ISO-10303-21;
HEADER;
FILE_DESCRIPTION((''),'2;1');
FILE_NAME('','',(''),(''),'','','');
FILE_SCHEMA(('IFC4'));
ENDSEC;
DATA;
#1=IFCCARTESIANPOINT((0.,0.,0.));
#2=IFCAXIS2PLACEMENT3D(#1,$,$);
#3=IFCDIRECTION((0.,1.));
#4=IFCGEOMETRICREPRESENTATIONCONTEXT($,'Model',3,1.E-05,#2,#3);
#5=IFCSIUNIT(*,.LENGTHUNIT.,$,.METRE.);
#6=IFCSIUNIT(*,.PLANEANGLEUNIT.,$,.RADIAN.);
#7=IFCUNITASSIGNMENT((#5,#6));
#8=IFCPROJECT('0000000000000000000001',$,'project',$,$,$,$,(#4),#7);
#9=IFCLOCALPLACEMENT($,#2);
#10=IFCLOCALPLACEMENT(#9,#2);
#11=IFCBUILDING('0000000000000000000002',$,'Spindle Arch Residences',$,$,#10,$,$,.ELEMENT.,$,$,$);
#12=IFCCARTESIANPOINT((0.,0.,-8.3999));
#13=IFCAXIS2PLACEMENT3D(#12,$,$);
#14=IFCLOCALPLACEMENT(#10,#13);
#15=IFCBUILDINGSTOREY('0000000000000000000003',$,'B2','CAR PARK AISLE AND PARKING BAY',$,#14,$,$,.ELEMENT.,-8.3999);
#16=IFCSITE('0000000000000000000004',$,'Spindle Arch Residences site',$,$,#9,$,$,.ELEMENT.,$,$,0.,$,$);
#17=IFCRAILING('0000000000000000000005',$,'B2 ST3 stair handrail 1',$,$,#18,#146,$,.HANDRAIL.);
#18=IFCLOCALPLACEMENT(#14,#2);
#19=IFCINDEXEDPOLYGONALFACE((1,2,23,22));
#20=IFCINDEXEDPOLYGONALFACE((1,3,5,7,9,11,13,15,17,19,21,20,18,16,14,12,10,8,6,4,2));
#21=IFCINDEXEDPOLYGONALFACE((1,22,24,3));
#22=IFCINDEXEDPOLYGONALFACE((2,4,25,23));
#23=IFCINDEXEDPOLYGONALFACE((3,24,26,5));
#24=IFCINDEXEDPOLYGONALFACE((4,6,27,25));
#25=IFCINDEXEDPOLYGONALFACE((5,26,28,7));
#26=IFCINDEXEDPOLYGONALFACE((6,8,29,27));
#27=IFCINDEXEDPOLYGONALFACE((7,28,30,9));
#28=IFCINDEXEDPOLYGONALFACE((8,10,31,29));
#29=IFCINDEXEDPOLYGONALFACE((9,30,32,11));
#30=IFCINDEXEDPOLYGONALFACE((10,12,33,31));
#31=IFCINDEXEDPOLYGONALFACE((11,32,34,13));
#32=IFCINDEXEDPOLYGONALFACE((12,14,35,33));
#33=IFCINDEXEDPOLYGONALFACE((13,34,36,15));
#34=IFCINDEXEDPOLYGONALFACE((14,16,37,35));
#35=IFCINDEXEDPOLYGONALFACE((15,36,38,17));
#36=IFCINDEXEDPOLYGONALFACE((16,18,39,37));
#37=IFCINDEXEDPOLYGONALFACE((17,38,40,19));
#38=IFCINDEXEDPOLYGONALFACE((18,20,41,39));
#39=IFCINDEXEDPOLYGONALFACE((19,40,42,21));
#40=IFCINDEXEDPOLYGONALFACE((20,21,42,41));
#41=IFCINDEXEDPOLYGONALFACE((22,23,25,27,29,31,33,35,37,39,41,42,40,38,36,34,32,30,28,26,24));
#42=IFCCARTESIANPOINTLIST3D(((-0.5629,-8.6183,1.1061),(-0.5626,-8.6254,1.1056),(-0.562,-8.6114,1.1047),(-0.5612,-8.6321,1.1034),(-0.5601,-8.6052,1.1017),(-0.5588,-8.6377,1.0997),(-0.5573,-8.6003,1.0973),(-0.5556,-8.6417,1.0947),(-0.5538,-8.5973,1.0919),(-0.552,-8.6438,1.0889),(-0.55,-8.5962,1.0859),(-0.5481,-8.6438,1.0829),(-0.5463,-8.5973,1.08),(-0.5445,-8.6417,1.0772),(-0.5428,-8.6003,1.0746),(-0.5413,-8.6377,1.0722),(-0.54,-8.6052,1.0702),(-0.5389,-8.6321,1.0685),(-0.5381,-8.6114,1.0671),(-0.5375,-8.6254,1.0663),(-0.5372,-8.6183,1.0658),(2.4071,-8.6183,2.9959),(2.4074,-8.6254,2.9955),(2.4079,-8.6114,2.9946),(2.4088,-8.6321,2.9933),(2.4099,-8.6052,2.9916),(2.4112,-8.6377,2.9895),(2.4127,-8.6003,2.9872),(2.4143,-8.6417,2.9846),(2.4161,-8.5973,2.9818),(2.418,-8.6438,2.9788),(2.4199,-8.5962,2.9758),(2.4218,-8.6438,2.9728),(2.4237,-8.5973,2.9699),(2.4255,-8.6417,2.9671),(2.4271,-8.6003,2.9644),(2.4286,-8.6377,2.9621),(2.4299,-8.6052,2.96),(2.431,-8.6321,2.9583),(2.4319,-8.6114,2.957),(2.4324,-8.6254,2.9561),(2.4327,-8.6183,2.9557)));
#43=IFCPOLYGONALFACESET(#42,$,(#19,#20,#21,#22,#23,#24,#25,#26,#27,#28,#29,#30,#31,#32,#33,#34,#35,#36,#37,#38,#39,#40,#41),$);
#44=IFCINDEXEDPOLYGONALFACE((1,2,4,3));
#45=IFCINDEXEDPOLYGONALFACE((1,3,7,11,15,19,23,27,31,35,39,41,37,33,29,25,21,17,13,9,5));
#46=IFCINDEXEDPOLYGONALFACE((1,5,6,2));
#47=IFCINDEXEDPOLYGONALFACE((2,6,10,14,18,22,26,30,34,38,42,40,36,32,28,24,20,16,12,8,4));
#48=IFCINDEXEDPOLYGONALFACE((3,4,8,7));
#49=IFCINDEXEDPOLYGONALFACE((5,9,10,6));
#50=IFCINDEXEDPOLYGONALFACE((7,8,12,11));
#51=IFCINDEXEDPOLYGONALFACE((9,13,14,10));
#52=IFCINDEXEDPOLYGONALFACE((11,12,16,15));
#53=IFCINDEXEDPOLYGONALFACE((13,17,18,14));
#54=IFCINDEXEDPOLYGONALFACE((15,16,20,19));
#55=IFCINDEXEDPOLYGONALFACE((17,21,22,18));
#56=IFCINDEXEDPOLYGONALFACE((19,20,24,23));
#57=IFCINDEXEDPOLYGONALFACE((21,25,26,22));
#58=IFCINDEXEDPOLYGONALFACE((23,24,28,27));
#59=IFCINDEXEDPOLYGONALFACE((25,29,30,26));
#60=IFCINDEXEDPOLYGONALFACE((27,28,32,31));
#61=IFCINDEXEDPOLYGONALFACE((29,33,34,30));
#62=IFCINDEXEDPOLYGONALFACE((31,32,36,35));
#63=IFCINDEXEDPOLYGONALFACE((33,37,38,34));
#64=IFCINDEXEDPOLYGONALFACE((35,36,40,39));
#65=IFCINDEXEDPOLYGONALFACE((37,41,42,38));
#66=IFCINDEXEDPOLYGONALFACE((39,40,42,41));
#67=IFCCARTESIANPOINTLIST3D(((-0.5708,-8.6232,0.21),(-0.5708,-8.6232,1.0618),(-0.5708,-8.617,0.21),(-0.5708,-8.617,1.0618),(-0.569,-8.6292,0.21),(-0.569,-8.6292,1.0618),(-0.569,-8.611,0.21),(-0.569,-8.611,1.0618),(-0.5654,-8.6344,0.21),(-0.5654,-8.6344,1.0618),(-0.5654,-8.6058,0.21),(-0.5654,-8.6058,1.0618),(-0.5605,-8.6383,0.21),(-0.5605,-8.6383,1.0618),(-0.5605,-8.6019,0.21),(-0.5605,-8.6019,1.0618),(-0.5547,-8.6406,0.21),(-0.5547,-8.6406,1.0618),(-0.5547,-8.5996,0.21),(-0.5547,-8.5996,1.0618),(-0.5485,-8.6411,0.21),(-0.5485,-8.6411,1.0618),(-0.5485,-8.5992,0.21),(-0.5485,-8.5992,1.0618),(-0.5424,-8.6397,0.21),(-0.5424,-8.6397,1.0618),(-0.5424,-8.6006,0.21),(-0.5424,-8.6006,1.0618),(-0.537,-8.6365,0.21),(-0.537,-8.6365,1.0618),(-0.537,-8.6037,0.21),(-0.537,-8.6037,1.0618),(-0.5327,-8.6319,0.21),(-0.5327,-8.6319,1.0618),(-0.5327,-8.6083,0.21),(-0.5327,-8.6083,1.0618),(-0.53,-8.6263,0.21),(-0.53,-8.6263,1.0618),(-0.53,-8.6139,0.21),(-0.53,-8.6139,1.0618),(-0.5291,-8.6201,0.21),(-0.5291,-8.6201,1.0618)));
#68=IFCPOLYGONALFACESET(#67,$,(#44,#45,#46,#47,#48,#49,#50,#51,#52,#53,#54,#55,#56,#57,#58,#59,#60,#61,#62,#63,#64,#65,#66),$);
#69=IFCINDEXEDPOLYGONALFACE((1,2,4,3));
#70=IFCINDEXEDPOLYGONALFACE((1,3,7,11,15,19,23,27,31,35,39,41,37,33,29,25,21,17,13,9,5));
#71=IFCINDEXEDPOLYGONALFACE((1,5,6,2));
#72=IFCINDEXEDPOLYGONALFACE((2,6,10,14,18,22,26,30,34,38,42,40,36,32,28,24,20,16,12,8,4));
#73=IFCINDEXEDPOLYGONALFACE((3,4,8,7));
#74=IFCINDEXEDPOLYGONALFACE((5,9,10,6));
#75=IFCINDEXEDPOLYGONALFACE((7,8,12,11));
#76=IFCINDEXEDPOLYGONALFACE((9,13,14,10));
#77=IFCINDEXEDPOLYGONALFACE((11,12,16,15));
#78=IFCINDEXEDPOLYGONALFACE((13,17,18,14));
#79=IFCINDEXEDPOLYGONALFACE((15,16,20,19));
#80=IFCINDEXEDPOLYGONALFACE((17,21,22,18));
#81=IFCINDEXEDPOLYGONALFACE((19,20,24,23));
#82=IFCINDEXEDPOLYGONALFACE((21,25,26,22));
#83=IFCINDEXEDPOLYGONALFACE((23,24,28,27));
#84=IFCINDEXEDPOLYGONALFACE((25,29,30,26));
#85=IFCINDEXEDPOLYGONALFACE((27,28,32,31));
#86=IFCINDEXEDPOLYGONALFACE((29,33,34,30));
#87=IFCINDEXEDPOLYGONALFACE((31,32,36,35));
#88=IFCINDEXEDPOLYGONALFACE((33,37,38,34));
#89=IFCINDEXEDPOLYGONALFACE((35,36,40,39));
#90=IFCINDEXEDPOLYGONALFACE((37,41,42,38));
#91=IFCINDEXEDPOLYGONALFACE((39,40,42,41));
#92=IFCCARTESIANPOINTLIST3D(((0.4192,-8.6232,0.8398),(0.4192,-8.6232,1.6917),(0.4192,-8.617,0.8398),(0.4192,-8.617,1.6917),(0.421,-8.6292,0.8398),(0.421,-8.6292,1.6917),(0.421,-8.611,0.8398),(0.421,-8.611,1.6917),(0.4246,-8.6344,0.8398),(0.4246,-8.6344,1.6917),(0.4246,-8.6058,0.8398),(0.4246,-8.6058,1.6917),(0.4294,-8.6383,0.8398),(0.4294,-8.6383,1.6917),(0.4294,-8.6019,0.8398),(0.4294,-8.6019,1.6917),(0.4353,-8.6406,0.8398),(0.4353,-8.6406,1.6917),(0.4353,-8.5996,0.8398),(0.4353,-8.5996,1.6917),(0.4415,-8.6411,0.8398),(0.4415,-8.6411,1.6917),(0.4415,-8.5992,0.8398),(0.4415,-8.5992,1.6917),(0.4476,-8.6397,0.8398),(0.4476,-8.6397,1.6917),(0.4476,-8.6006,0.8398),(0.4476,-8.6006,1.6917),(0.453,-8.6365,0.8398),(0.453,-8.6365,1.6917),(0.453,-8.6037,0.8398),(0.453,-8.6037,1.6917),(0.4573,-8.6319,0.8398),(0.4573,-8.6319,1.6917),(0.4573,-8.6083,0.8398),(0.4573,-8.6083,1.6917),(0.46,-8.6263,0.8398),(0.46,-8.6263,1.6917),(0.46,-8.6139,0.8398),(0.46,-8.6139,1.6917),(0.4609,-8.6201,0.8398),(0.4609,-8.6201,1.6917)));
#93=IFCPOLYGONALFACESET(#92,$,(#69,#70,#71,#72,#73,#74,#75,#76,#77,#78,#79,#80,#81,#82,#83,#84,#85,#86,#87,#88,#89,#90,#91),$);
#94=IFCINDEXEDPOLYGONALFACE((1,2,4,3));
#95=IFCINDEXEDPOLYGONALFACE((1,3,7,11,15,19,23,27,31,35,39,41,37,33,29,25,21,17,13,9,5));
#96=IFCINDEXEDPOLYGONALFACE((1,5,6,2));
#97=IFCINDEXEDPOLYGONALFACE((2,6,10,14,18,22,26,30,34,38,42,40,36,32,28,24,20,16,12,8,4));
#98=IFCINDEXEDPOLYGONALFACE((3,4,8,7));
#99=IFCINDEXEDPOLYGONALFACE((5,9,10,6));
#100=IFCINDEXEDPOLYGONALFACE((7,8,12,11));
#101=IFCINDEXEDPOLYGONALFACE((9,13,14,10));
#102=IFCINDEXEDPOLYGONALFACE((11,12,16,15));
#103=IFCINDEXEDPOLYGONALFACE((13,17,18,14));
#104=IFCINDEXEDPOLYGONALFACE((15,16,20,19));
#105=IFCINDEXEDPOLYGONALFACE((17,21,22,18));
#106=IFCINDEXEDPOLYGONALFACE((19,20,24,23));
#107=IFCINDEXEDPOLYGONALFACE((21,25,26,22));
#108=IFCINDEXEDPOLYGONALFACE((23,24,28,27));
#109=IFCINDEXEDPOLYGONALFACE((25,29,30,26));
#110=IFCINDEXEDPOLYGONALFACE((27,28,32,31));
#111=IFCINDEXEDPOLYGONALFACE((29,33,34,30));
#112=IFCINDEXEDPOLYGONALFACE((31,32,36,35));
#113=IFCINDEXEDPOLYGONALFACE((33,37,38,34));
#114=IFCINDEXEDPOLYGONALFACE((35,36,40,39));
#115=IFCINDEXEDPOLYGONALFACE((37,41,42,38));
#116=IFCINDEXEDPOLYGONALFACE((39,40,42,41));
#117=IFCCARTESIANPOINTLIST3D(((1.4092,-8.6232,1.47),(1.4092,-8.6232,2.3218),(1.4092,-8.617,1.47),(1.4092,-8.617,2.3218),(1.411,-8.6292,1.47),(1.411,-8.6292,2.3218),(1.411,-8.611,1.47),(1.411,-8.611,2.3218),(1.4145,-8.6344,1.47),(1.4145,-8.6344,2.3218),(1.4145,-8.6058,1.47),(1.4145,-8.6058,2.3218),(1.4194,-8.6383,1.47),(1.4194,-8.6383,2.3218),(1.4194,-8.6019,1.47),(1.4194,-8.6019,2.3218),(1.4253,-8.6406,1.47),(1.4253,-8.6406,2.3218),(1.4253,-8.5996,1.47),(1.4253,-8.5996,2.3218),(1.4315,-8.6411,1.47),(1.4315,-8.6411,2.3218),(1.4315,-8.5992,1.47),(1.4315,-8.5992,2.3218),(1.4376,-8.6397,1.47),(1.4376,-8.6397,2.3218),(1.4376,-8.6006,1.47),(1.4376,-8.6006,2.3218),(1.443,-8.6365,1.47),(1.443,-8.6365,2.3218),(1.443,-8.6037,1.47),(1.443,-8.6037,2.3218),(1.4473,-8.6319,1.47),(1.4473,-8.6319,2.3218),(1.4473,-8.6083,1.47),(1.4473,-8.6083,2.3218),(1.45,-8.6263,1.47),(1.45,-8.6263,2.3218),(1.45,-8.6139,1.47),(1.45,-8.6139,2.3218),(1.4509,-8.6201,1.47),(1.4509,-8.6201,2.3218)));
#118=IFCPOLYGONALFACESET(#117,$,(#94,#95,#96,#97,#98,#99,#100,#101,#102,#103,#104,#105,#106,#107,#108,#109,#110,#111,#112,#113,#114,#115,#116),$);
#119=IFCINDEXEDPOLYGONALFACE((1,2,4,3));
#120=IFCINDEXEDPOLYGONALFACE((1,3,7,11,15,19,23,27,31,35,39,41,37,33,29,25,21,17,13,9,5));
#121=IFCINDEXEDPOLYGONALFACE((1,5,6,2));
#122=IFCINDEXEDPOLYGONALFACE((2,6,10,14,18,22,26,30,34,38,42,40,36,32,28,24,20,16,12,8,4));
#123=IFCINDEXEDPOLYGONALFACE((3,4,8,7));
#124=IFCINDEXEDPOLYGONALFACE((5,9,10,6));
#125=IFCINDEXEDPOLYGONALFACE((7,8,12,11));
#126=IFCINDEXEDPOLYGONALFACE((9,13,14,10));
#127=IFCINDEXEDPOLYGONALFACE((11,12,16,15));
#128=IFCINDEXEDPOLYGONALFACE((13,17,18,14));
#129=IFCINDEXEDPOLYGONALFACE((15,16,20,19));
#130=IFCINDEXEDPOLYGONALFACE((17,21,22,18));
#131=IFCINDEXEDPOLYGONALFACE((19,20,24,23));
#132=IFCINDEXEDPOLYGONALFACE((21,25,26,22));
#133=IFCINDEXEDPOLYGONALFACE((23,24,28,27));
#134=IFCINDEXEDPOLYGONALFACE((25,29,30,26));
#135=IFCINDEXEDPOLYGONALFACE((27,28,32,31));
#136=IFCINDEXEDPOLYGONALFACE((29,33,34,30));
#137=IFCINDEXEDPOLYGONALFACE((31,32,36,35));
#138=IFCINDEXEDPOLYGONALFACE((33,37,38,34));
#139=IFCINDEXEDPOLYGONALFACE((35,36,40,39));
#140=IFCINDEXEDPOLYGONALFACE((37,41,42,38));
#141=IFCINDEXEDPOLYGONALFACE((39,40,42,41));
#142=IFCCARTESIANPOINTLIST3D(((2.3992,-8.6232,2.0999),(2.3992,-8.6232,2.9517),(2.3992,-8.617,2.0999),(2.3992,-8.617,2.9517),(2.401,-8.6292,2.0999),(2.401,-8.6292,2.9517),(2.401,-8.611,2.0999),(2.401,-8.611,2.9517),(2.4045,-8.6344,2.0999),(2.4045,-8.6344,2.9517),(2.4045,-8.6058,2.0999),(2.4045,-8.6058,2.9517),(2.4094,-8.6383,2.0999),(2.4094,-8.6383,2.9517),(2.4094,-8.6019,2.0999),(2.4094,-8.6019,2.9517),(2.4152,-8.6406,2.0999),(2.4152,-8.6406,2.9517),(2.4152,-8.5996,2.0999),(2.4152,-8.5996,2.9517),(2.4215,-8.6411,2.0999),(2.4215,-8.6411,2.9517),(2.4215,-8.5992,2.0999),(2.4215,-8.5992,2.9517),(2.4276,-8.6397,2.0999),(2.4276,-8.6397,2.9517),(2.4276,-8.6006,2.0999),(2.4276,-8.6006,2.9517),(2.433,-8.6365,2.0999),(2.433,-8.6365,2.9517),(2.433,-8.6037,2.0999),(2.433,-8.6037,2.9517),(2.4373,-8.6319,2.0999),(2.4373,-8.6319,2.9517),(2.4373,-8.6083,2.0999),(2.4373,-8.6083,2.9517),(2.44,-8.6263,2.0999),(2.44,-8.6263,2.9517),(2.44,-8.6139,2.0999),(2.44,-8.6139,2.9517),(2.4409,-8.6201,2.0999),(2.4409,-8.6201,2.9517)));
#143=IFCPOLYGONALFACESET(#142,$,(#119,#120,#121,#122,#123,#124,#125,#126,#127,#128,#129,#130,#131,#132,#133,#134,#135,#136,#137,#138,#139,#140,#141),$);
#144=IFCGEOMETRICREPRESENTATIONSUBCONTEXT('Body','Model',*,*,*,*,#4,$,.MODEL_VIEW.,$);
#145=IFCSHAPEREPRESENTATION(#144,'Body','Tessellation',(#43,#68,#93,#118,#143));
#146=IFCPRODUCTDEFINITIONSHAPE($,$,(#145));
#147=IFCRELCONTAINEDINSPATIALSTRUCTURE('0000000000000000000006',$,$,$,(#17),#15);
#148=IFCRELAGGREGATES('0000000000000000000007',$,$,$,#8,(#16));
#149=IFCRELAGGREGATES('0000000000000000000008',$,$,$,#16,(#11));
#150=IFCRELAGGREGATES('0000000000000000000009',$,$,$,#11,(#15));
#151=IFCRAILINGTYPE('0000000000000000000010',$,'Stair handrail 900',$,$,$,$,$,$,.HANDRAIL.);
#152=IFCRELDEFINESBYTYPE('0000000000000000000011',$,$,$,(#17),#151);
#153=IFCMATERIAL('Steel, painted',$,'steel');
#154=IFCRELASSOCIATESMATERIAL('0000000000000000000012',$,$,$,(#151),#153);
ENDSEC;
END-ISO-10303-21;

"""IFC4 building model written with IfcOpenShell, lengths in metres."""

from ifc_helpers import new_model, si_unit, direction, frame, origin, origin_2d, place, context, subcontext, project, spatial, circle, extrude, material, type_object, element, save


model = new_model("IFC4")

# Units and contexts
model_context = context("Model", 3, precision=1e-05, world=origin(), true_north=direction((0.0, 1.0)))
body_context = subcontext(model_context, "Body", "Model", "MODEL_VIEW")
ifc_project = project(units=[si_unit("LENGTHUNIT", "METRE"), si_unit("PLANEANGLEUNIT", "RADIAN")], contexts=[model_context])

# Site, building, storey
site_placement = place(None, origin())
site = spatial("IfcSite", under=ifc_project, at=site_placement, Name="Spindle Arch Residences site", CompositionType="ELEMENT", RefElevation=0.0)
building_placement = place(site_placement, origin())
building = spatial("IfcBuilding", under=site, at=building_placement, Name="Spindle Arch Residences", CompositionType="ELEMENT")
storey_placement = place(building_placement, frame((0.0, 0.0, -8.3999)))
storey = spatial("IfcBuildingStorey", under=building, at=storey_placement, Name="B2", Description="CAR PARK AISLE AND PARKING BAY", CompositionType="ELEMENT", Elevation=-8.3999)

# Railing
ifc_material_1 = material(Name="Steel, painted", Category="steel")
railing_type = type_object("IfcRailingType", Name="Stair handrail 900", PredefinedType="HANDRAIL", material=ifc_material_1)
railing_placement = place(storey_placement, frame((-0.55, -8.6201, 0.21)))
element("IfcRailing", 1, at=railing_placement, inside=storey, type_object=railing_type, Name="B2 ST3 stair handrail 1", PredefinedType="HANDRAIL", context=body_context, shape_type="SweptSolid", body=[
    extrude(circle(Radius=0.0239, at=origin_2d()), frame((0.0, 0.0, 0.876), z_axis=(0.843673, 0.0, 0.536858), x_axis=(0.0, 1.0, 0.0)), (0.0, 0.0, 1.0), 3.5203),
    extrude(circle(Radius=0.021, at=origin_2d()), origin(), (0.0, 0.0, 1.0), 0.8518),
    extrude(circle(Radius=0.021, at=origin_2d()), frame((0.99, 0.0, 0.6299)), (0.0, 0.0, 1.0), 0.8518),
    extrude(circle(Radius=0.021, at=origin_2d()), frame((1.98, 0.0, 1.26)), (0.0, 0.0, 1.0), 0.8518),
    extrude(circle(Radius=0.021, at=origin_2d()), frame((2.97, 0.0, 1.8899)), (0.0, 0.0, 1.0), 0.8518),
])

save(model, "model.ifc")
